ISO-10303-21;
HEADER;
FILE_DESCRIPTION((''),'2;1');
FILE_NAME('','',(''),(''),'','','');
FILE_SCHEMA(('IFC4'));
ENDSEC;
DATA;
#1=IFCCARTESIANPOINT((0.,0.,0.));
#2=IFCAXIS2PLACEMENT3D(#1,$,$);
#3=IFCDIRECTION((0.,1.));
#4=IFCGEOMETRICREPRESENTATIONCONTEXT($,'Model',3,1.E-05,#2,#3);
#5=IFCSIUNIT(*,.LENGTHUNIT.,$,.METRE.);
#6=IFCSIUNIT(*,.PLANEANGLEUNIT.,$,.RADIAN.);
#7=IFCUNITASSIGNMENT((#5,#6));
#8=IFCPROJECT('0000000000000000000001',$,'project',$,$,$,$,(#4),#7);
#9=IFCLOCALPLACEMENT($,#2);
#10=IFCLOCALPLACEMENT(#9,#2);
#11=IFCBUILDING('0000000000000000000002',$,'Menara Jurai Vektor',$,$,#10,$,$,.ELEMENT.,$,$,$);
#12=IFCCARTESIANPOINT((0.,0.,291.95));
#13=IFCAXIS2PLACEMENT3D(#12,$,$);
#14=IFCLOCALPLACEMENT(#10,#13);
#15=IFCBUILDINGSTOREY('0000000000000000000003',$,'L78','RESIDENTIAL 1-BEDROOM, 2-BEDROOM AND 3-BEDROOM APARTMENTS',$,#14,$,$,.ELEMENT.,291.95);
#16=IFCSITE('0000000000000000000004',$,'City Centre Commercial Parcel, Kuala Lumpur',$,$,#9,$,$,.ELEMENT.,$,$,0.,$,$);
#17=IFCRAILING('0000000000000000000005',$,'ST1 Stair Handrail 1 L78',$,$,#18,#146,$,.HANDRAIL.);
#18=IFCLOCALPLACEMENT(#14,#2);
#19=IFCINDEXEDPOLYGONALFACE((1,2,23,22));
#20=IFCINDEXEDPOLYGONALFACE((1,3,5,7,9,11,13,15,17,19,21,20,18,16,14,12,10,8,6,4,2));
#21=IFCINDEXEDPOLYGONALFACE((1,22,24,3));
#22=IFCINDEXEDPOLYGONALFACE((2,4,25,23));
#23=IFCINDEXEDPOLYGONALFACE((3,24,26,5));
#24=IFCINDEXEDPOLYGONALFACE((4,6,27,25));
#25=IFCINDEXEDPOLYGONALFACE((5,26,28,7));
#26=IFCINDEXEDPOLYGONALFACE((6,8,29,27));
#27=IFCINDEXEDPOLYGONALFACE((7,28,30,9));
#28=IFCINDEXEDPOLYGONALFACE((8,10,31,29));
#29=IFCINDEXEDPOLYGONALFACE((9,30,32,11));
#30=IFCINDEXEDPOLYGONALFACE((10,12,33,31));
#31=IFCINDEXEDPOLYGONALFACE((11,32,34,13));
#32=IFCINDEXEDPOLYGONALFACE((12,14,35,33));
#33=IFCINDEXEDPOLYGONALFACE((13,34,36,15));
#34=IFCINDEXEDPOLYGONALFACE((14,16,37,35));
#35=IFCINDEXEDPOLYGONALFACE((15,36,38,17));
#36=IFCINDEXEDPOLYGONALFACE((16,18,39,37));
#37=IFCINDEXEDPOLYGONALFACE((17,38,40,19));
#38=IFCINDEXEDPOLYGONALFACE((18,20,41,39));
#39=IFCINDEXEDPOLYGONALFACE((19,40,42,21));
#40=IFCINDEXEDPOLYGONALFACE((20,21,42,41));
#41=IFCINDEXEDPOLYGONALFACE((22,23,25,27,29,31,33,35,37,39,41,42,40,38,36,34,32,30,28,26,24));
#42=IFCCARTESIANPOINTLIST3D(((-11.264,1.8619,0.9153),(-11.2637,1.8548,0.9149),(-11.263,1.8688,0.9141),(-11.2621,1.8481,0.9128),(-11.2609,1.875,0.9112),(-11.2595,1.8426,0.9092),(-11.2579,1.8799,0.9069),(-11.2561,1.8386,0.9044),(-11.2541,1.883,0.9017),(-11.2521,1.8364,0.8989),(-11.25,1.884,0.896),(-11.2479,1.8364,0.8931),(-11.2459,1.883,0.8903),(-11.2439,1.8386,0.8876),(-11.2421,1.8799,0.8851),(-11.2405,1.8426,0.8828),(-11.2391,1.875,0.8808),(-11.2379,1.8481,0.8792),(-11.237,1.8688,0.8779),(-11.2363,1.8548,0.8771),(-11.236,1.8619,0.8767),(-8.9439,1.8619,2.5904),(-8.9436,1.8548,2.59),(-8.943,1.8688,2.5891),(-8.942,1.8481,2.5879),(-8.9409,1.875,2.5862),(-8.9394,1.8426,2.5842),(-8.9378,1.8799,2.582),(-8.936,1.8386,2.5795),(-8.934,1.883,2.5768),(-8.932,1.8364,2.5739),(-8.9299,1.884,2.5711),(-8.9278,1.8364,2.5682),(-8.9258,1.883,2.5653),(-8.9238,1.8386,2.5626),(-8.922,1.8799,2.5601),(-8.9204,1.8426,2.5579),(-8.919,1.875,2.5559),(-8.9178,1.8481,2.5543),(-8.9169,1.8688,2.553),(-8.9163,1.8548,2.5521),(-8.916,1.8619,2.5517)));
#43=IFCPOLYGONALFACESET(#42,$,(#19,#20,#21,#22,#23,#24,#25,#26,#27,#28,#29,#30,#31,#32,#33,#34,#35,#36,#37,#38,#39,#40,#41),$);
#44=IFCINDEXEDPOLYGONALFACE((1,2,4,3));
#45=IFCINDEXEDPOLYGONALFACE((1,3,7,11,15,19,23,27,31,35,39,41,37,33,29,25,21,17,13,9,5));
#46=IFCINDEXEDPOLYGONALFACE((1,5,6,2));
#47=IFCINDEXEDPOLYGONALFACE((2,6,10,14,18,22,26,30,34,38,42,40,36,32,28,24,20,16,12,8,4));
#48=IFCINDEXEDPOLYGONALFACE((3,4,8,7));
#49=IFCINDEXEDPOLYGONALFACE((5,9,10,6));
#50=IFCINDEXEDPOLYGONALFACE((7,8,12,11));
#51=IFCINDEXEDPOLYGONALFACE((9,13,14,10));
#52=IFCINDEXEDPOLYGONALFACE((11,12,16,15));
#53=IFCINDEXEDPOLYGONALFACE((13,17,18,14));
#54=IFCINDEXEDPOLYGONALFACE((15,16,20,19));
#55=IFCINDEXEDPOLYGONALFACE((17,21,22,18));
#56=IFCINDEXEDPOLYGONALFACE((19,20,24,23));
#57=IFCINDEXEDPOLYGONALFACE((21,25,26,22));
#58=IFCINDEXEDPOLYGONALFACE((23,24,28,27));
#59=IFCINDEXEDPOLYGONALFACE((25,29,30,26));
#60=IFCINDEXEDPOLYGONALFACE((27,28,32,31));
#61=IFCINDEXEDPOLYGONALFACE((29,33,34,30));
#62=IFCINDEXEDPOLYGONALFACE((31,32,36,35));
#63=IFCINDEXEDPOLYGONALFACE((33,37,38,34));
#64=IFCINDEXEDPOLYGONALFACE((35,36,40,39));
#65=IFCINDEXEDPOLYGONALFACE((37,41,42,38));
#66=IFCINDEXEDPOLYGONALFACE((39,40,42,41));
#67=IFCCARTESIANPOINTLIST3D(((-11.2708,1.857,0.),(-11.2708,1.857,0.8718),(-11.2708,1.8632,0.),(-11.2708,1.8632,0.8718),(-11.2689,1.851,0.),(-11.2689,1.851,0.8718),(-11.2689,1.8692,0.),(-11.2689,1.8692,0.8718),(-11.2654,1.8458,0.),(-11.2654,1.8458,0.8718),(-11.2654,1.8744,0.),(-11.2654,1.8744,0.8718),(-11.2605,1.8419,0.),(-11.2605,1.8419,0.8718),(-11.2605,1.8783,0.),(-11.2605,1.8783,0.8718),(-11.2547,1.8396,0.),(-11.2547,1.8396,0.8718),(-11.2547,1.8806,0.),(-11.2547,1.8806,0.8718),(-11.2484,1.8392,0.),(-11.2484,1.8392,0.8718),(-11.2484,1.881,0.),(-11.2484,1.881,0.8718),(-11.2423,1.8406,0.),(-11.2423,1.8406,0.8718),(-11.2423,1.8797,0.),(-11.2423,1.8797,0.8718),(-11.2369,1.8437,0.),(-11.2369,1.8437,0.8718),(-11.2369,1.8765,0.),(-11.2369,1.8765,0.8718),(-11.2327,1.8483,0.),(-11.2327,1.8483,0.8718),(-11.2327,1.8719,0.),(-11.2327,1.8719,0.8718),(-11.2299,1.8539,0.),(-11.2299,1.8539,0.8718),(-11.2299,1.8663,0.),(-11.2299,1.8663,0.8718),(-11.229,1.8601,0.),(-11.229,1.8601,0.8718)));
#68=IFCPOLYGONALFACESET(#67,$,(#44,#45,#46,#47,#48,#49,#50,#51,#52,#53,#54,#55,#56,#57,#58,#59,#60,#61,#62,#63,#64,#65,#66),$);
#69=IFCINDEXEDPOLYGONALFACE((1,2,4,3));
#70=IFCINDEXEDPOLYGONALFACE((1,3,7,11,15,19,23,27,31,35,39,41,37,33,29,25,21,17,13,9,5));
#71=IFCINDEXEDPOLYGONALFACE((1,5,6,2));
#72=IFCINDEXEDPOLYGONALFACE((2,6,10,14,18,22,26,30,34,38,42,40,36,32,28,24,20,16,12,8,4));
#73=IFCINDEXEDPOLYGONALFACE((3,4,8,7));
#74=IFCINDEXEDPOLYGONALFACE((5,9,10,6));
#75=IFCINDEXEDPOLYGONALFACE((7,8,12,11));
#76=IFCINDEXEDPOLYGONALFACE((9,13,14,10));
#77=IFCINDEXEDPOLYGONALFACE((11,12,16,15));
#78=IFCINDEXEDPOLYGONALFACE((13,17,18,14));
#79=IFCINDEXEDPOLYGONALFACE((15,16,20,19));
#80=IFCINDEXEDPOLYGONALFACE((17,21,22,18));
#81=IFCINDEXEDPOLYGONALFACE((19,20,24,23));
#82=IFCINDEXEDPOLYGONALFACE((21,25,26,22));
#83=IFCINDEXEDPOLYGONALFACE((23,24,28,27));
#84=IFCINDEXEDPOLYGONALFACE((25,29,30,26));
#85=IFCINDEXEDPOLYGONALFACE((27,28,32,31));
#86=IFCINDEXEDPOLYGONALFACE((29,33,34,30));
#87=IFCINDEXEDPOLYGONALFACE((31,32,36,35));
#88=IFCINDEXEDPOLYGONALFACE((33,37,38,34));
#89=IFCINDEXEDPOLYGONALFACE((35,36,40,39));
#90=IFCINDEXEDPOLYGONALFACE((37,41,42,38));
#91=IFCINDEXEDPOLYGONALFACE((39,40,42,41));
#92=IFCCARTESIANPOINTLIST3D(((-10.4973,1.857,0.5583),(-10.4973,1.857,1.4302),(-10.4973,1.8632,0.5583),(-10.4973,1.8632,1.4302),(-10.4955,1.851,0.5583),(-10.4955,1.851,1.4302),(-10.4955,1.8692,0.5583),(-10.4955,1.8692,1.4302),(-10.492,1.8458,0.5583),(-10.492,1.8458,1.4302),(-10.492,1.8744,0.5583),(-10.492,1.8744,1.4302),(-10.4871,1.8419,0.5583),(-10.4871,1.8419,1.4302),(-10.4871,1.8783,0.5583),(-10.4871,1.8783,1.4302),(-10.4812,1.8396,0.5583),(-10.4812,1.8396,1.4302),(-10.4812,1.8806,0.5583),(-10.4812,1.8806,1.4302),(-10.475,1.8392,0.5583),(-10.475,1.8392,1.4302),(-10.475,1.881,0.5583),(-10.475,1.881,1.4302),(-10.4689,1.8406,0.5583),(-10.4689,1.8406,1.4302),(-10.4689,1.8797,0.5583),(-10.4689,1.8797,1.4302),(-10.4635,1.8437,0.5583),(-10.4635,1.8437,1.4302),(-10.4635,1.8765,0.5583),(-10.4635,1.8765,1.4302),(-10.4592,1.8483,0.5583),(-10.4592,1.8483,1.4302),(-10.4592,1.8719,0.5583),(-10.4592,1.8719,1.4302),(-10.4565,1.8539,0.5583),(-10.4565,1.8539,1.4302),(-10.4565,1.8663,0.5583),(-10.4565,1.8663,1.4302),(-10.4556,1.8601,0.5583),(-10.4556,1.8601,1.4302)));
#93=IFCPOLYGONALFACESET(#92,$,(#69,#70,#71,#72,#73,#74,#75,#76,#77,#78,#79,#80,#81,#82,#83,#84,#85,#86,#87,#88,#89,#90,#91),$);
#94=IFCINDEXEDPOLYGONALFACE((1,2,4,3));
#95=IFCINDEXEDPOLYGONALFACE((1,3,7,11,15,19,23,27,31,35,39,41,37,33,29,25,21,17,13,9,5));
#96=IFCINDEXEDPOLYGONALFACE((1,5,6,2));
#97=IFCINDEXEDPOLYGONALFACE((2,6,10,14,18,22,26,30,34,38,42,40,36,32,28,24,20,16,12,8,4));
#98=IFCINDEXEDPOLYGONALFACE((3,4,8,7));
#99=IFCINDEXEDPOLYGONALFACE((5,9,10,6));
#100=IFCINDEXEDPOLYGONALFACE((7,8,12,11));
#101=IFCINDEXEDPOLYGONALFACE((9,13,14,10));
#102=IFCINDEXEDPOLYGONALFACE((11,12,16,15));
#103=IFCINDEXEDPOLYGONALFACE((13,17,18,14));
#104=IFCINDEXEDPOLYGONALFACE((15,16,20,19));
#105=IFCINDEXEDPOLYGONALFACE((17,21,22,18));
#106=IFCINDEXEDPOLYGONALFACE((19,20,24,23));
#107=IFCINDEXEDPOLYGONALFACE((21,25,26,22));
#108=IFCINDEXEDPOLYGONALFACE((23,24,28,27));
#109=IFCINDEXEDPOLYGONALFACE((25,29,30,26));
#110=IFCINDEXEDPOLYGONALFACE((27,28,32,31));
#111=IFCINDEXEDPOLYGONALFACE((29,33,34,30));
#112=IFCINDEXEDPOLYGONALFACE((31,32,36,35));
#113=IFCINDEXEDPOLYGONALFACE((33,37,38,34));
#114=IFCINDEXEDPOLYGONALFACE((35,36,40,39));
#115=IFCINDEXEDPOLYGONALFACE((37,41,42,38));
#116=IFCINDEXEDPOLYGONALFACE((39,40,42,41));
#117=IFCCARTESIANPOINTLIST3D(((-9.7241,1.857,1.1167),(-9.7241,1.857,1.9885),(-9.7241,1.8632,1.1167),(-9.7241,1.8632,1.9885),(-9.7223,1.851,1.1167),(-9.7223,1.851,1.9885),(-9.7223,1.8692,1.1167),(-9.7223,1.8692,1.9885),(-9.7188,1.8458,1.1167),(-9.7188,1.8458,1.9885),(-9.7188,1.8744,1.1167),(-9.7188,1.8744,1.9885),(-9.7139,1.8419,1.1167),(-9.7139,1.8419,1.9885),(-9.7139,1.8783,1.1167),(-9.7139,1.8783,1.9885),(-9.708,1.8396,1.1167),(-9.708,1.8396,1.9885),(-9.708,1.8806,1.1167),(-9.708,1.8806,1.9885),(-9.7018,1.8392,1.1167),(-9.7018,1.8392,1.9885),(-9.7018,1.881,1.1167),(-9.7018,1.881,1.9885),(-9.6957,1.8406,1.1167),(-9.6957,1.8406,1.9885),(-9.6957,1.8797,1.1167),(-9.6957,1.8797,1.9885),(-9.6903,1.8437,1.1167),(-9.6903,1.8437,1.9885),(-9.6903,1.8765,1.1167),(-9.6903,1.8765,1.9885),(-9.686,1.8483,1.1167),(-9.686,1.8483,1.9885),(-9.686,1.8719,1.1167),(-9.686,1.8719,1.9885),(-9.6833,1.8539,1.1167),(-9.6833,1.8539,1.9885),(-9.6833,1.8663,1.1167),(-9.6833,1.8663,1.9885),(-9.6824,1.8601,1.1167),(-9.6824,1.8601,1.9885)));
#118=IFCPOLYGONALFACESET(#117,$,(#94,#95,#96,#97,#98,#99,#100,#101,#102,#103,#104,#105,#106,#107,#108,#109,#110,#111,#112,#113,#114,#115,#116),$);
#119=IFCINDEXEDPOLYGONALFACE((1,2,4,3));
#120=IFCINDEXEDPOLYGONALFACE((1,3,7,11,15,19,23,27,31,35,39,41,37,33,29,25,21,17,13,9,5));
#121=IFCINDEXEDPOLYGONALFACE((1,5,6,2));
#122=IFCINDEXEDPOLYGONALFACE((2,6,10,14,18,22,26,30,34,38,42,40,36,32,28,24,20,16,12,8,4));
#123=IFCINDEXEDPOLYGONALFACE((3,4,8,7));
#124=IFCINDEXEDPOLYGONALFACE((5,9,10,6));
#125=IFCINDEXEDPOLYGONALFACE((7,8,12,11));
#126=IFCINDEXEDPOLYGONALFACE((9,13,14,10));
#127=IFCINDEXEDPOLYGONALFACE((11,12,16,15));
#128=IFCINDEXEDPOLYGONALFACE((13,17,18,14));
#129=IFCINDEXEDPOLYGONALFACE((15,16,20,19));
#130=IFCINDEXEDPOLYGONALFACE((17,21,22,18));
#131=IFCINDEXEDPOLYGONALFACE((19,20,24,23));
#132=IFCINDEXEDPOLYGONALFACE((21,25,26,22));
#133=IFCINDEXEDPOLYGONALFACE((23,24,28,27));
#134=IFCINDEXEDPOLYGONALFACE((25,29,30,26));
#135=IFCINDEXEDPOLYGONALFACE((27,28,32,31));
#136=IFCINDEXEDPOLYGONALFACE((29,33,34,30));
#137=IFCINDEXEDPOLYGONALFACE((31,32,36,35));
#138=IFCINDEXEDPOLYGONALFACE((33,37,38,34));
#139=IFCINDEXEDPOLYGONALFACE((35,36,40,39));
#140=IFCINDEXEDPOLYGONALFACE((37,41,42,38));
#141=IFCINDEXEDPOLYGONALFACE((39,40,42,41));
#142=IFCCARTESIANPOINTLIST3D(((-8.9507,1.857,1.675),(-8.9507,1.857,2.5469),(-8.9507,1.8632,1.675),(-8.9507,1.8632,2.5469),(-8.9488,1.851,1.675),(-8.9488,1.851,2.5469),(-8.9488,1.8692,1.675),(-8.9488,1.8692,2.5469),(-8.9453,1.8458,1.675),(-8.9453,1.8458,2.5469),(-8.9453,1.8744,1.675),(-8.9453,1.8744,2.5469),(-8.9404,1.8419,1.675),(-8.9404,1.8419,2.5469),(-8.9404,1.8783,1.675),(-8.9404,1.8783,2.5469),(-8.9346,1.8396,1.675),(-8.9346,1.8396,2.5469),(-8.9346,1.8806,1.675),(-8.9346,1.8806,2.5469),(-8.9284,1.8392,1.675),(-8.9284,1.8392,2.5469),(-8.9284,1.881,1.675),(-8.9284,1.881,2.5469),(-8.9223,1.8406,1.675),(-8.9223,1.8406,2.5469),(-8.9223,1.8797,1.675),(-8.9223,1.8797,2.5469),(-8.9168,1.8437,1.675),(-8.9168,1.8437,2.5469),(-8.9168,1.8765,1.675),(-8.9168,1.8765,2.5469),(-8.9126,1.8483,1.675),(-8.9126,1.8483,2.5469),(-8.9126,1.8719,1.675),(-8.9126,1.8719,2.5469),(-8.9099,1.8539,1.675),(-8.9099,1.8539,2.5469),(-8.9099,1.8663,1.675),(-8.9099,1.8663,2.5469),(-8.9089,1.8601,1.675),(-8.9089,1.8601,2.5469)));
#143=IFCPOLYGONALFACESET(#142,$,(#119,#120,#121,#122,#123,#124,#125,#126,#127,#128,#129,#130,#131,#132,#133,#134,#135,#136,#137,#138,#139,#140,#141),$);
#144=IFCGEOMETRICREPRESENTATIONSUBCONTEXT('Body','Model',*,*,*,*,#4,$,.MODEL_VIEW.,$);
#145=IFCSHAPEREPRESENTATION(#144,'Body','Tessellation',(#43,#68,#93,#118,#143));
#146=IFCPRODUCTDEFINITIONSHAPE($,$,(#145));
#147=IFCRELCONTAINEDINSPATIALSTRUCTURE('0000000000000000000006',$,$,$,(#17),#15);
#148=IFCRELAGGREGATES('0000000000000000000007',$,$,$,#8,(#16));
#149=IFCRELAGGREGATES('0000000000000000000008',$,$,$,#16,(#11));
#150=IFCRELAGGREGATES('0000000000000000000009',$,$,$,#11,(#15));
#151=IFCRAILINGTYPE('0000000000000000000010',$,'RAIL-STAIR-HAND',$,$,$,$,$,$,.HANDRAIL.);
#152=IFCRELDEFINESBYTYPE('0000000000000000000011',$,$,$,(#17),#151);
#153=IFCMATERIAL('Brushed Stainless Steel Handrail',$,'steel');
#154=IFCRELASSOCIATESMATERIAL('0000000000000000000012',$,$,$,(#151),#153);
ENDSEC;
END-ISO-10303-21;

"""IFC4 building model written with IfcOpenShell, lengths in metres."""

from ifc_helpers import new_model, si_unit, direction, frame, origin, origin_2d, place, context, subcontext, project, spatial, circle, extrude, material, type_object, element, save


model = new_model("IFC4")

# Units and contexts
model_context = context("Model", 3, precision=1e-05, world=origin(), true_north=direction((0.0, 1.0)))
body_context = subcontext(model_context, "Body", "Model", "MODEL_VIEW")
ifc_project = project(units=[si_unit("LENGTHUNIT", "METRE"), si_unit("PLANEANGLEUNIT", "RADIAN")], contexts=[model_context])

# Site, building, storey
site_placement = place(None, origin())
site = spatial("IfcSite", under=ifc_project, at=site_placement, Name="City Centre Commercial Parcel, Kuala Lumpur", CompositionType="ELEMENT", RefElevation=0.0)
building_placement = place(site_placement, origin())
building = spatial("IfcBuilding", under=site, at=building_placement, Name="Menara Jurai Vektor", CompositionType="ELEMENT")
storey_placement = place(building_placement, frame((0.0, 0.0, 291.95)))
storey = spatial("IfcBuildingStorey", under=building, at=storey_placement, Name="L78", Description="RESIDENTIAL 1-BEDROOM, 2-BEDROOM AND 3-BEDROOM APARTMENTS", CompositionType="ELEMENT", Elevation=291.95)

# Railing
ifc_material_1 = material(Name="Brushed Stainless Steel Handrail", Category="steel")
railing_type_1 = type_object("IfcRailingType", Name="RAIL-STAIR-HAND", PredefinedType="HANDRAIL", material=ifc_material_1)
railing_1_placement = place(storey_placement, frame((-11.25, 1.8601, 0.0)))
element("IfcRailing", 1, at=railing_1_placement, inside=storey, type_object=railing_type_1, Name="ST1 Stair Handrail 1 L78", PredefinedType="HANDRAIL", context=body_context, shape_type="SweptSolid", body=[
    extrude(circle(Radius=0.0239, at=origin_2d()), frame((0.0, 0.0, 0.896), z_axis=(0.810771, 0.0, 0.585363), x_axis=(0.0, 1.0, 0.0)), (0.0, 0.0, 1.0), 2.8616),
    extrude(circle(Radius=0.021, at=origin_2d()), origin(), (0.0, 0.0, 1.0), 0.8718),
    extrude(circle(Radius=0.021, at=origin_2d()), frame((0.7734, 0.0, 0.5583)), (0.0, 0.0, 1.0), 0.8718),
    extrude(circle(Radius=0.021, at=origin_2d()), frame((1.5466, 0.0, 1.1167)), (0.0, 0.0, 1.0), 0.8718),
    extrude(circle(Radius=0.021, at=origin_2d()), frame((2.3201, 0.0, 1.675)), (0.0, 0.0, 1.0), 0.8718),
])

save(model, "model.ifc")
